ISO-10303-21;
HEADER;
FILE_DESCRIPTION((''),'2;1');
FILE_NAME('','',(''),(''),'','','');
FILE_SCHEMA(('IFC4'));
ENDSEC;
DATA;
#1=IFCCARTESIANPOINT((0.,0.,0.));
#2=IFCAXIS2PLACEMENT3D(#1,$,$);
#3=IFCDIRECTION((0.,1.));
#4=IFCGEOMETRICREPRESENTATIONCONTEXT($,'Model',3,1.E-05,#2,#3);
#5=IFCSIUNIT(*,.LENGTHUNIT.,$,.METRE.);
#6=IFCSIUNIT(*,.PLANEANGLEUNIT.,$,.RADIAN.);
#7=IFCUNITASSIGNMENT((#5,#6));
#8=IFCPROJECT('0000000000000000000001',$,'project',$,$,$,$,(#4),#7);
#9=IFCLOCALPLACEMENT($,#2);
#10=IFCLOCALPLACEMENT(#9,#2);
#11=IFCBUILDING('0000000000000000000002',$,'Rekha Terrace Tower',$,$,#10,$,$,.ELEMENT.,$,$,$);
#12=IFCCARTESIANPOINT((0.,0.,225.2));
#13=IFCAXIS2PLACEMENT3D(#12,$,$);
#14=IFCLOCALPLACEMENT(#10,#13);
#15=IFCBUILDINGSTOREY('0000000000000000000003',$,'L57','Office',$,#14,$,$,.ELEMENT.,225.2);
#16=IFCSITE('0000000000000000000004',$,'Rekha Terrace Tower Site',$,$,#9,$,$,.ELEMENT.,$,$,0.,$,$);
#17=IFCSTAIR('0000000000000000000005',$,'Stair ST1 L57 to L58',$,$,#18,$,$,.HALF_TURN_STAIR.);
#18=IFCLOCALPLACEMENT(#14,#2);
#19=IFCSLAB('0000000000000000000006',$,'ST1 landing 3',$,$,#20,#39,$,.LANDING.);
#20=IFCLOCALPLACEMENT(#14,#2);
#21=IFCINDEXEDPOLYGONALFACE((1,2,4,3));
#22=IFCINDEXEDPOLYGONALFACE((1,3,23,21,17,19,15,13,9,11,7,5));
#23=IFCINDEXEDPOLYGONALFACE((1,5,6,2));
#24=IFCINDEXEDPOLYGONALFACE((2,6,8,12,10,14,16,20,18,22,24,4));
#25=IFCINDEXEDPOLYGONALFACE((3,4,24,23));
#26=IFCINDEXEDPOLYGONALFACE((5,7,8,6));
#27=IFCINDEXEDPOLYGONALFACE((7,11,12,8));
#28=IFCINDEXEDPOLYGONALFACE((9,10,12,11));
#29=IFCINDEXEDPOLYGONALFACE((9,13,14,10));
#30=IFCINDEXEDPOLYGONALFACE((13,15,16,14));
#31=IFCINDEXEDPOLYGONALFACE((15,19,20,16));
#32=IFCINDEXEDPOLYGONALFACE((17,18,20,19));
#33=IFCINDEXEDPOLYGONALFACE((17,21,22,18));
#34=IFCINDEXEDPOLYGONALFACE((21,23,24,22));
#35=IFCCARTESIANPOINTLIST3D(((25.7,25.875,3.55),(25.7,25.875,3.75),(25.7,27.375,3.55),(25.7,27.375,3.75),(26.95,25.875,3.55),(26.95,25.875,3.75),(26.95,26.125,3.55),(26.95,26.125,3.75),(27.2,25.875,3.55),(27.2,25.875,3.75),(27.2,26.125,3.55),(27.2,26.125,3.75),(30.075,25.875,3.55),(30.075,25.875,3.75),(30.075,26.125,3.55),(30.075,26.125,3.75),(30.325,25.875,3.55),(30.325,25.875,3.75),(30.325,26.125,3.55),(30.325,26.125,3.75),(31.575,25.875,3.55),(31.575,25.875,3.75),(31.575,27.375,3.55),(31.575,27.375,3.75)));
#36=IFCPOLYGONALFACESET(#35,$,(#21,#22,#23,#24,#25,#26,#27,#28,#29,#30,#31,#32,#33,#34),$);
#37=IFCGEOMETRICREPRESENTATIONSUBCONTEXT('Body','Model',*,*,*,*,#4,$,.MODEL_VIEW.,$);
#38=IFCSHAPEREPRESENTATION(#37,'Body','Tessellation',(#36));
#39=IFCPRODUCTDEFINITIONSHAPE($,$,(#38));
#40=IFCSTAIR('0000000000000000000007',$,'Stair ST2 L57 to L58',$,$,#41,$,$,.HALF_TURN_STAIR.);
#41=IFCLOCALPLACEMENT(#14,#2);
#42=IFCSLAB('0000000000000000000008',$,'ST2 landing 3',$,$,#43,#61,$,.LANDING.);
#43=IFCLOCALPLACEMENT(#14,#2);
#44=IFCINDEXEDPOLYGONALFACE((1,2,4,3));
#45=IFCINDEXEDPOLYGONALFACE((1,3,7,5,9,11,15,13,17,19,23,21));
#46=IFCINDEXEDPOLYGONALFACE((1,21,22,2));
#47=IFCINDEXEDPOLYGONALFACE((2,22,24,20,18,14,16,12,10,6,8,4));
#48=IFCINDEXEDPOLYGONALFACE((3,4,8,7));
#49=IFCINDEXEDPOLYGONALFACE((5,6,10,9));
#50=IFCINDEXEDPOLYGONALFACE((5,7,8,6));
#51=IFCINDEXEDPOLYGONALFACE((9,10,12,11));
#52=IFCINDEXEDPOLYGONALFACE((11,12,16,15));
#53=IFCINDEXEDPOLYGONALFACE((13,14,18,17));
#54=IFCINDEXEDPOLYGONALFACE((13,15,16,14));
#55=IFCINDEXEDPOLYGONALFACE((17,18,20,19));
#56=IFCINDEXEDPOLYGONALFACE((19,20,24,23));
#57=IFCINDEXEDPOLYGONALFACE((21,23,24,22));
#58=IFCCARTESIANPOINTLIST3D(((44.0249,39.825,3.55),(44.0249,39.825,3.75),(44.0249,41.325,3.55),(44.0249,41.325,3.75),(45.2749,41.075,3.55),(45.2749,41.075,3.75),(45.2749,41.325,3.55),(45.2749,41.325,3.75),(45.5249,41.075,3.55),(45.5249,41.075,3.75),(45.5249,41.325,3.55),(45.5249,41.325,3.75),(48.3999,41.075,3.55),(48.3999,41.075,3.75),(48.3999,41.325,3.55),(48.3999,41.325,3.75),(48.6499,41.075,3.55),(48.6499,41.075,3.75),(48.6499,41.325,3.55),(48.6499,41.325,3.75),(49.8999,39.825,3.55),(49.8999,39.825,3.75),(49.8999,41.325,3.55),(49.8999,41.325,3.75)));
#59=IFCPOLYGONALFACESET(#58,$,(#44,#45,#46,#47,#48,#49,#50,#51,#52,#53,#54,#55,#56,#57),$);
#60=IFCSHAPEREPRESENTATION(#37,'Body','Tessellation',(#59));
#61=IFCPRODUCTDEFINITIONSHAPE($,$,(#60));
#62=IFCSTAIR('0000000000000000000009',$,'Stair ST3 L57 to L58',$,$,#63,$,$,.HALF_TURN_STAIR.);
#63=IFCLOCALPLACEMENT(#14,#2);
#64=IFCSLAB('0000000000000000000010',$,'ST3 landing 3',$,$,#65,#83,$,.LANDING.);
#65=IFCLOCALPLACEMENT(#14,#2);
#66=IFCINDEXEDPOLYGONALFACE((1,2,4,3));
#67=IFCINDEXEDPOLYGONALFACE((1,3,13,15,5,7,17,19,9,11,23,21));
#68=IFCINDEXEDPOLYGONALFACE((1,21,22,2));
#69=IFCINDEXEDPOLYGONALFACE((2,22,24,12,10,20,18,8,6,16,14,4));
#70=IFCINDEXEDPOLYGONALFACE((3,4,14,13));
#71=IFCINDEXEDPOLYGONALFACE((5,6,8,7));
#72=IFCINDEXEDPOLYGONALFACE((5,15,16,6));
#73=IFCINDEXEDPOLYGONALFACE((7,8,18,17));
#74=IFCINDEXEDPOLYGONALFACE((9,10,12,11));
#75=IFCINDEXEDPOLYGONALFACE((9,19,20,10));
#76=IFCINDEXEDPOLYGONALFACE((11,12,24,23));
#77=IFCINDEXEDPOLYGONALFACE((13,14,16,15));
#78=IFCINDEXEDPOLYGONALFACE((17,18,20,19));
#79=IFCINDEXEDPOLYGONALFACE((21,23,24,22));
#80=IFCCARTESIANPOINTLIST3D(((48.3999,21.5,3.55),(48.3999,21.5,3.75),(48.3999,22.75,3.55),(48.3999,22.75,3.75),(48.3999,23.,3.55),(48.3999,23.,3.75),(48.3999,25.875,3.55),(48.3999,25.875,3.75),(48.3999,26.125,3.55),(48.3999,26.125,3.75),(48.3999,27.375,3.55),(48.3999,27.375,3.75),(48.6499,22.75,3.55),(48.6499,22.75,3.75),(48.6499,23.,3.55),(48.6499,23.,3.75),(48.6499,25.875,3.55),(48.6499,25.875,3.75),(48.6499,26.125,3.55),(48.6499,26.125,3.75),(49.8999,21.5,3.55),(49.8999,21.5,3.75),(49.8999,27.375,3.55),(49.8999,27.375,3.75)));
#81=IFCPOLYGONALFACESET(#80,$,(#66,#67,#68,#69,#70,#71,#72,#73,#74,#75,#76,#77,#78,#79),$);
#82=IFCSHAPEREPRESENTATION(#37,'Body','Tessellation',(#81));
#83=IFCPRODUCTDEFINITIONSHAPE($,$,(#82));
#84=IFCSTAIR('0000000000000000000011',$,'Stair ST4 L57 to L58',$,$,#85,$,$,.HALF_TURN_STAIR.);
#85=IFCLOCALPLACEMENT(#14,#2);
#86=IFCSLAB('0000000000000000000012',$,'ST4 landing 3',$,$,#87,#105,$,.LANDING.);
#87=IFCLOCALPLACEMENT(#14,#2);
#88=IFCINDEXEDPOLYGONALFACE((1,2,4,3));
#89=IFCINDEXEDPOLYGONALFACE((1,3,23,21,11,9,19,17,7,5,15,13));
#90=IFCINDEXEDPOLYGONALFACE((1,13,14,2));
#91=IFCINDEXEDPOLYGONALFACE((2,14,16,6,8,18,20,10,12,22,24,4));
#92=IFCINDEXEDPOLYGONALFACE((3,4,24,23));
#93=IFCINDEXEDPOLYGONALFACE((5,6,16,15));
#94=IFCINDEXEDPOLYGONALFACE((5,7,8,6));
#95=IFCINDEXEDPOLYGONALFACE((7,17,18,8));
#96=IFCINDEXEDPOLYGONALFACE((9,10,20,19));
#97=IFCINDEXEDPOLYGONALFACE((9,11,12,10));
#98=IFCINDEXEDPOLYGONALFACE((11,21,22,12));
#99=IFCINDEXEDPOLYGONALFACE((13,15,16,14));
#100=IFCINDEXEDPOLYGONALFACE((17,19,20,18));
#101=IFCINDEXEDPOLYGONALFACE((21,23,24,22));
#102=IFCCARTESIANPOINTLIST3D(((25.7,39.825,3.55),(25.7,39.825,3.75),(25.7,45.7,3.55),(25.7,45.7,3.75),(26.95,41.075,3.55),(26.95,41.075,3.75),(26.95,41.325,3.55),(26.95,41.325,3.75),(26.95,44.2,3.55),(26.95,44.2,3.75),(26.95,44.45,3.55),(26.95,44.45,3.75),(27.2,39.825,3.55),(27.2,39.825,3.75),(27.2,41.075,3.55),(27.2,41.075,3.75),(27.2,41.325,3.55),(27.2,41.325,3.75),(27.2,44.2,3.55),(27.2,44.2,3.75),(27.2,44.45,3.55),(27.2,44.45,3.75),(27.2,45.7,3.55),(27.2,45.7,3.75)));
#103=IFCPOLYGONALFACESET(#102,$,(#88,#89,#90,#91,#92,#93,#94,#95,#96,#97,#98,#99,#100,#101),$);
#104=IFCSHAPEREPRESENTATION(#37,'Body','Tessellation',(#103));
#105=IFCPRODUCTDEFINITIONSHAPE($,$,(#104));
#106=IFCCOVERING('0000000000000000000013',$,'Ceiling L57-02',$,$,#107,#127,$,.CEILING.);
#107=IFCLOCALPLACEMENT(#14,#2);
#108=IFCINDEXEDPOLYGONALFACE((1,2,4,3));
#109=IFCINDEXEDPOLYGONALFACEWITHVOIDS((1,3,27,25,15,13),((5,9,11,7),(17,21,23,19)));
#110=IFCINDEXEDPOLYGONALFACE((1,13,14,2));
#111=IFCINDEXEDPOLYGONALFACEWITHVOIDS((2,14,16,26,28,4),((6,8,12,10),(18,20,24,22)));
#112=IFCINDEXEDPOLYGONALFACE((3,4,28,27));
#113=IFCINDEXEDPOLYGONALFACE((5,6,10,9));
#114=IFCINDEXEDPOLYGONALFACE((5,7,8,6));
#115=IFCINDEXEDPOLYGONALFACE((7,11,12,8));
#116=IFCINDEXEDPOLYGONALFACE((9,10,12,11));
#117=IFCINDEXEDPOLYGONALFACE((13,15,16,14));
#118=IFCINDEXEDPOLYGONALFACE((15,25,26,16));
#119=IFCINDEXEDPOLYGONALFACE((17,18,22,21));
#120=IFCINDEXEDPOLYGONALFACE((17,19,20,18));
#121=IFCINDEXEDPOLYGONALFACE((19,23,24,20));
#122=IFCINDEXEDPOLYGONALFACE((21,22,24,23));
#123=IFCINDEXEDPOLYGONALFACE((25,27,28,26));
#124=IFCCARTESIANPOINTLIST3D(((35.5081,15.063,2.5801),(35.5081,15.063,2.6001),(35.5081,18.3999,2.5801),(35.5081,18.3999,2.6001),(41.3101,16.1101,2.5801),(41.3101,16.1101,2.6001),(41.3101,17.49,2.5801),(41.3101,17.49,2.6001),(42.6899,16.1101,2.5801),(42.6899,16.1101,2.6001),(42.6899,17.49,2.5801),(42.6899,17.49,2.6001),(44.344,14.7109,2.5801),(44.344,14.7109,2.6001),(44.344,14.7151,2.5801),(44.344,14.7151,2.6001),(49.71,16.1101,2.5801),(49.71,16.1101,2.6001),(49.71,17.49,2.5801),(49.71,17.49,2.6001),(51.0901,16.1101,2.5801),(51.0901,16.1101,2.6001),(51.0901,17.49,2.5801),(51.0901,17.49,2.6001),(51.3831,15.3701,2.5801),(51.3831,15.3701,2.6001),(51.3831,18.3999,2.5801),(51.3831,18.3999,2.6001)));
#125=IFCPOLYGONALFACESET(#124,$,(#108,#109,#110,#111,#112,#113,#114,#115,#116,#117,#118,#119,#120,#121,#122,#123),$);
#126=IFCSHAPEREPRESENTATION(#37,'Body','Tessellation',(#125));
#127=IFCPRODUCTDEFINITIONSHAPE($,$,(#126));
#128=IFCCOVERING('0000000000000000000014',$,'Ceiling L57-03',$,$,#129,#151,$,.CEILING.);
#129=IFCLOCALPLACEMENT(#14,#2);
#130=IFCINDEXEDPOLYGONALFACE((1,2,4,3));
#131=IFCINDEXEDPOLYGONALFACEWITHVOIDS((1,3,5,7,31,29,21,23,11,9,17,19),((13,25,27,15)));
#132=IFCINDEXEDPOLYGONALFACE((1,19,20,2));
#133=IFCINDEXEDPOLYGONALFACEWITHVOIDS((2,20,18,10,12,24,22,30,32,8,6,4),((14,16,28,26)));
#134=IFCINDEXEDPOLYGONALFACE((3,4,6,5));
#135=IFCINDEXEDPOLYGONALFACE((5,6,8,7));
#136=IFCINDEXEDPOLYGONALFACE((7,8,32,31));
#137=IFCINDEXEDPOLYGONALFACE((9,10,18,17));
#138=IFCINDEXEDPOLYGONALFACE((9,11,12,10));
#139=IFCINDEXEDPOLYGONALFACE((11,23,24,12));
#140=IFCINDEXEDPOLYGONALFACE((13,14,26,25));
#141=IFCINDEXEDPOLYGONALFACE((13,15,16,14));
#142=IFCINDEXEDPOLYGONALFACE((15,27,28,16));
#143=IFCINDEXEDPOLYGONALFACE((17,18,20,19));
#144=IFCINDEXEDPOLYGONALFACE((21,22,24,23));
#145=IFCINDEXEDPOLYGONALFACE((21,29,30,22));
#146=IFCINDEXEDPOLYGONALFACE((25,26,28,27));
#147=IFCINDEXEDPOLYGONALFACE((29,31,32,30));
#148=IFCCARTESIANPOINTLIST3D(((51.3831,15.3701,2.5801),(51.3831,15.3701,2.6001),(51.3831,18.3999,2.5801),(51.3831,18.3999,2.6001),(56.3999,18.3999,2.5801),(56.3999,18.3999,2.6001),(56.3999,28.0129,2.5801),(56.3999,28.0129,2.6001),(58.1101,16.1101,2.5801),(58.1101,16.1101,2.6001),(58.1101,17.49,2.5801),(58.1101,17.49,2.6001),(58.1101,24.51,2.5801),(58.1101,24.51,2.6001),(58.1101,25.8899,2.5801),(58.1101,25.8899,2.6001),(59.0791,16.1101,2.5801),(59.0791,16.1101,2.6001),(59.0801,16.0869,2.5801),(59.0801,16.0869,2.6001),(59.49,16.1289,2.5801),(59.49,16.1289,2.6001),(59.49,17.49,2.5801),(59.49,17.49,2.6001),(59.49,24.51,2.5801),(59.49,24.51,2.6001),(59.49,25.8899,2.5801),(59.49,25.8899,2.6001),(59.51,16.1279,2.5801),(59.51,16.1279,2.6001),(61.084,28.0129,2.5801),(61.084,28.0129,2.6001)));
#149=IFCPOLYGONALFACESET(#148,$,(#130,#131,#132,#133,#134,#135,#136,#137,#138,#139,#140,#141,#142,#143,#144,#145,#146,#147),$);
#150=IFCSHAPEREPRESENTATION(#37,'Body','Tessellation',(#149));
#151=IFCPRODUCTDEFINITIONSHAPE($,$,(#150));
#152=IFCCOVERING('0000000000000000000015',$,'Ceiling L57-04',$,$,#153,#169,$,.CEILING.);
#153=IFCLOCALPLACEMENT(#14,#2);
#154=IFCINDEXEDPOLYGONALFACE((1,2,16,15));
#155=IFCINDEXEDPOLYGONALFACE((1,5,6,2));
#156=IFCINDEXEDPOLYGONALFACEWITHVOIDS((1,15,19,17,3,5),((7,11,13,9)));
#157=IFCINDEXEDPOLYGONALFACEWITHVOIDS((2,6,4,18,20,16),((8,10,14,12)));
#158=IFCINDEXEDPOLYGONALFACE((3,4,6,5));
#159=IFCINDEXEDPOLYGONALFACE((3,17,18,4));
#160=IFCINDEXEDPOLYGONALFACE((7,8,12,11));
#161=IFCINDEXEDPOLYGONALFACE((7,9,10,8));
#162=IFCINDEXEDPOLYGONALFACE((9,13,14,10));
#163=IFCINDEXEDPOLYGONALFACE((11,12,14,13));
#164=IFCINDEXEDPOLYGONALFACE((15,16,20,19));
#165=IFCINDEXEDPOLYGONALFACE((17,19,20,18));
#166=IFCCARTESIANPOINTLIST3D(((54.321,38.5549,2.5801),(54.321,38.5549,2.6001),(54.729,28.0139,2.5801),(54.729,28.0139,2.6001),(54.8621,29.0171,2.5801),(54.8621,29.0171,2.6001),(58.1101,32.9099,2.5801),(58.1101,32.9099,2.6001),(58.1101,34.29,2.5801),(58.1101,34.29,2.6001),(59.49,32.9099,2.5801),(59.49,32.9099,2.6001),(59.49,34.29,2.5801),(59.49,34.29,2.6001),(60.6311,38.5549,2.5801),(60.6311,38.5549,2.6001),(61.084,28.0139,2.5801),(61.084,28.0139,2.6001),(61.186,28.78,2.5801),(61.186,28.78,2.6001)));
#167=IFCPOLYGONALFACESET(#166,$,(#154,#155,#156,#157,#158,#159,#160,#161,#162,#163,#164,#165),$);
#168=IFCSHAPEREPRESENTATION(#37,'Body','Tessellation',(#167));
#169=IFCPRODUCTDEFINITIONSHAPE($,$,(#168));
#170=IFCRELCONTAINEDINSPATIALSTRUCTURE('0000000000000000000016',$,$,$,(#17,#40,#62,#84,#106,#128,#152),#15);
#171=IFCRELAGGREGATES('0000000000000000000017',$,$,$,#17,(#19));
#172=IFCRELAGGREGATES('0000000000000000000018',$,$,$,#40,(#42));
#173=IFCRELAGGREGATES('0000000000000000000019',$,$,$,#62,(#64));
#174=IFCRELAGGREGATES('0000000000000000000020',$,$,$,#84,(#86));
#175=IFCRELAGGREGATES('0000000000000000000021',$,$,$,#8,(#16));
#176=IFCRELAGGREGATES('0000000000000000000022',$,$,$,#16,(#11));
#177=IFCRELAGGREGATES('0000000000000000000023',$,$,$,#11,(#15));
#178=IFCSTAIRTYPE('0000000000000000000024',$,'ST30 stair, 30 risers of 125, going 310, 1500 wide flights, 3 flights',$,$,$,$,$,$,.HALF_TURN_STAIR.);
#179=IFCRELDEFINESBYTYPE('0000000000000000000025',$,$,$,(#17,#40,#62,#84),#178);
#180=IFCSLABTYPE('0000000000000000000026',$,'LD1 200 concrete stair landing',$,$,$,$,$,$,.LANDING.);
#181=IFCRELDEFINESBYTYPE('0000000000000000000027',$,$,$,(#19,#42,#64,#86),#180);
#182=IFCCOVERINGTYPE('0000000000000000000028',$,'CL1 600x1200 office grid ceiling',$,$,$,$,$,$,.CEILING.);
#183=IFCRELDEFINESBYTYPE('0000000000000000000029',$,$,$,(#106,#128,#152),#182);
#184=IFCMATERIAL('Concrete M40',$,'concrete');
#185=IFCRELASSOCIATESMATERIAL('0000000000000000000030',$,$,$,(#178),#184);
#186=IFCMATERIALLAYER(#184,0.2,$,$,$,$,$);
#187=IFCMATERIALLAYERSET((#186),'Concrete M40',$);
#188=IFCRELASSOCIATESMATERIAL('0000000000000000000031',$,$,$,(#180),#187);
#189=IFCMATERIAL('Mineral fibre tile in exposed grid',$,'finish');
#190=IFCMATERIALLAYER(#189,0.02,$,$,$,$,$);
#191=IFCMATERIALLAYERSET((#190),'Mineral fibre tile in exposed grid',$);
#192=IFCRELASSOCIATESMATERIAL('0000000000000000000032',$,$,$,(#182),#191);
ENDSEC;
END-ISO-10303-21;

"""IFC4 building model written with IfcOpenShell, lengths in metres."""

from ifc_helpers import new_model, si_unit, direction, frame, origin, place, context, subcontext, project, spatial, polyline, outline, extrude, material, layer, layer_set, type_object, element, aggregate, save


model = new_model("IFC4")

# Units and contexts
model_context = context("Model", 3, precision=1e-05, world=origin(), true_north=direction((0.0, 1.0)))
body_context = subcontext(model_context, "Body", "Model", "MODEL_VIEW")
ifc_project = project(units=[si_unit("LENGTHUNIT", "METRE"), si_unit("PLANEANGLEUNIT", "RADIAN")], contexts=[model_context])

# Site, building, storey
site_placement = place(None, origin())
site = spatial("IfcSite", under=ifc_project, at=site_placement, Name="Rekha Terrace Tower Site", CompositionType="ELEMENT", RefElevation=0.0)
building_placement = place(site_placement, origin())
building = spatial("IfcBuilding", under=site, at=building_placement, Name="Rekha Terrace Tower", CompositionType="ELEMENT")
storey_placement = place(building_placement, frame((0.0, 0.0, 225.2)))
storey = spatial("IfcBuildingStorey", under=building, at=storey_placement, Name="L57", Description="Office", CompositionType="ELEMENT", Elevation=225.2)

# Stairs, slabs
ifc_material_1 = material(Name="Concrete M40", Category="concrete")
stair_type = type_object("IfcStairType", Name="ST30 stair, 30 risers of 125, going 310, 1500 wide flights, 3 flights", PredefinedType="HALF_TURN_STAIR", material=ifc_material_1)
stair_1_placement = place(storey_placement, origin())
stair_1 = element("IfcStair", 1, at=stair_1_placement, inside=storey, type_object=stair_type, Name="Stair ST1 L57 to L58", PredefinedType="HALF_TURN_STAIR")
ifc_layer_1 = layer(ifc_material_1, 0.2)
ifc_layer_set_1 = layer_set([ifc_layer_1], Name="Concrete M40")
slab_type = type_object("IfcSlabType", Name="LD1 200 concrete stair landing", PredefinedType="LANDING", material=ifc_layer_set_1)
slab_1_placement = place(storey_placement, frame((0.0, 0.0, 3.55)))
slab_1 = element("IfcSlab", 2, at=slab_1_placement, type_object=slab_type, Name="ST1 landing 3", PredefinedType="LANDING", context=body_context, shape_type="SweptSolid", body=[
    extrude(outline(polyline([(31.575, 25.875), (31.575, 27.375), (25.7, 27.375), (25.7, 25.875), (26.95, 25.875), (26.95, 26.125), (27.2, 26.125), (27.2, 25.875), (30.075, 25.875), (30.075, 26.125), (30.325, 26.125), (30.325, 25.875), (31.575, 25.875)])), origin(), (0.0, 0.0, 1.0), 0.2),
])
aggregate(stair_1, [slab_1])
stair_2_placement = place(storey_placement, origin())
stair_2 = element("IfcStair", 3, at=stair_2_placement, inside=storey, type_object=stair_type, Name="Stair ST2 L57 to L58", PredefinedType="HALF_TURN_STAIR")
slab_2_placement = place(storey_placement, frame((0.0, 0.0, 3.55)))
slab_2 = element("IfcSlab", 4, at=slab_2_placement, type_object=slab_type, Name="ST2 landing 3", PredefinedType="LANDING", context=body_context, shape_type="SweptSolid", body=[
    extrude(outline(polyline([(44.0249, 41.325), (44.0249, 39.825), (49.8999, 39.825), (49.8999, 41.325), (48.6499, 41.325), (48.6499, 41.075), (48.3999, 41.075), (48.3999, 41.325), (45.5249, 41.325), (45.5249, 41.075), (45.2749, 41.075), (45.2749, 41.325), (44.0249, 41.325)])), origin(), (0.0, 0.0, 1.0), 0.2),
])
aggregate(stair_2, [slab_2])
stair_3_placement = place(storey_placement, origin())
stair_3 = element("IfcStair", 5, at=stair_3_placement, inside=storey, type_object=stair_type, Name="Stair ST3 L57 to L58", PredefinedType="HALF_TURN_STAIR")
slab_3_placement = place(storey_placement, frame((0.0, 0.0, 3.55)))
slab_3 = element("IfcSlab", 6, at=slab_3_placement, type_object=slab_type, Name="ST3 landing 3", PredefinedType="LANDING", context=body_context, shape_type="SweptSolid", body=[
    extrude(outline(polyline([(48.3999, 21.5), (49.8999, 21.5), (49.8999, 27.375), (48.3999, 27.375), (48.3999, 26.125), (48.6499, 26.125), (48.6499, 25.875), (48.3999, 25.875), (48.3999, 23.0), (48.6499, 23.0), (48.6499, 22.75), (48.3999, 22.75), (48.3999, 21.5)])), origin(), (0.0, 0.0, 1.0), 0.2),
])
aggregate(stair_3, [slab_3])
stair_4_placement = place(storey_placement, origin())
stair_4 = element("IfcStair", 7, at=stair_4_placement, inside=storey, type_object=stair_type, Name="Stair ST4 L57 to L58", PredefinedType="HALF_TURN_STAIR")
slab_4_placement = place(storey_placement, frame((0.0, 0.0, 3.55)))
slab_4 = element("IfcSlab", 8, at=slab_4_placement, type_object=slab_type, Name="ST4 landing 3", PredefinedType="LANDING", context=body_context, shape_type="SweptSolid", body=[
    extrude(outline(polyline([(27.2, 39.825), (25.7, 39.825), (25.7, 45.7), (27.2, 45.7), (27.2, 44.45), (26.95, 44.45), (26.95, 44.2), (27.2, 44.2), (27.2, 41.325), (26.95, 41.325), (26.95, 41.075), (27.2, 41.075), (27.2, 39.825)])), origin(), (0.0, 0.0, 1.0), 0.2),
])
aggregate(stair_4, [slab_4])

# Coverings
ifc_material_2 = material(Name="Mineral fibre tile in exposed grid", Category="finish")
ifc_layer_2 = layer(ifc_material_2, 0.02)
ifc_layer_set_2 = layer_set([ifc_layer_2], Name="Mineral fibre tile in exposed grid")
covering_type_1 = type_object("IfcCoveringType", Name="CL1 600x1200 office grid ceiling", PredefinedType="CEILING", material=ifc_layer_set_2)
covering_1_placement = place(storey_placement, frame((0.0, 0.0, 2.5801)))
element("IfcCovering", 9, at=covering_1_placement, inside=storey, type_object=covering_type_1, Name="Ceiling L57-02", PredefinedType="CEILING", context=body_context, shape_type="SweptSolid", body=[
    extrude(outline(polyline([(35.5081, 15.063), (44.344, 14.7109), (44.344, 14.7151), (51.3831, 15.3701), (51.3831, 18.3999), (35.5081, 18.3999), (35.5081, 15.063)]), holes=[polyline([(51.0901, 16.1101), (49.71, 16.1101), (49.71, 17.49), (51.0901, 17.49), (51.0901, 16.1101)]), polyline([(42.6899, 17.49), (42.6899, 16.1101), (41.3101, 16.1101), (41.3101, 17.49), (42.6899, 17.49)])]), origin(), (0.0, 0.0, 1.0), 0.02),
])
covering_2_placement = place(storey_placement, frame((0.0, 0.0, 2.5801)))
element("IfcCovering", 10, at=covering_2_placement, inside=storey, type_object=covering_type_1, Name="Ceiling L57-03", PredefinedType="CEILING", context=body_context, shape_type="SweptSolid", body=[
    extrude(outline(polyline([(59.49, 16.1289), (59.51, 16.1279), (61.084, 28.0129), (56.3999, 28.0129), (56.3999, 18.3999), (51.3831, 18.3999), (51.3831, 15.3701), (59.0801, 16.0869), (59.0791, 16.1101), (58.1101, 16.1101), (58.1101, 17.49), (59.49, 17.49), (59.49, 16.1289)]), holes=[polyline([(59.49, 24.51), (58.1101, 24.51), (58.1101, 25.8899), (59.49, 25.8899), (59.49, 24.51)])]), origin(), (0.0, 0.0, 1.0), 0.02),
])
covering_3_placement = place(storey_placement, frame((0.0, 0.0, 2.5801)))
element("IfcCovering", 11, at=covering_3_placement, inside=storey, type_object=covering_type_1, Name="Ceiling L57-04", PredefinedType="CEILING", context=body_context, shape_type="SweptSolid", body=[
    extrude(outline(polyline([(54.8621, 29.0171), (54.729, 28.0139), (61.084, 28.0139), (61.186, 28.78), (60.6311, 38.5549), (54.321, 38.5549), (54.8621, 29.0171)]), holes=[polyline([(59.49, 34.29), (59.49, 32.9099), (58.1101, 32.9099), (58.1101, 34.29), (59.49, 34.29)])]), origin(), (0.0, 0.0, 1.0), 0.02),
])

save(model, "model.ifc")
